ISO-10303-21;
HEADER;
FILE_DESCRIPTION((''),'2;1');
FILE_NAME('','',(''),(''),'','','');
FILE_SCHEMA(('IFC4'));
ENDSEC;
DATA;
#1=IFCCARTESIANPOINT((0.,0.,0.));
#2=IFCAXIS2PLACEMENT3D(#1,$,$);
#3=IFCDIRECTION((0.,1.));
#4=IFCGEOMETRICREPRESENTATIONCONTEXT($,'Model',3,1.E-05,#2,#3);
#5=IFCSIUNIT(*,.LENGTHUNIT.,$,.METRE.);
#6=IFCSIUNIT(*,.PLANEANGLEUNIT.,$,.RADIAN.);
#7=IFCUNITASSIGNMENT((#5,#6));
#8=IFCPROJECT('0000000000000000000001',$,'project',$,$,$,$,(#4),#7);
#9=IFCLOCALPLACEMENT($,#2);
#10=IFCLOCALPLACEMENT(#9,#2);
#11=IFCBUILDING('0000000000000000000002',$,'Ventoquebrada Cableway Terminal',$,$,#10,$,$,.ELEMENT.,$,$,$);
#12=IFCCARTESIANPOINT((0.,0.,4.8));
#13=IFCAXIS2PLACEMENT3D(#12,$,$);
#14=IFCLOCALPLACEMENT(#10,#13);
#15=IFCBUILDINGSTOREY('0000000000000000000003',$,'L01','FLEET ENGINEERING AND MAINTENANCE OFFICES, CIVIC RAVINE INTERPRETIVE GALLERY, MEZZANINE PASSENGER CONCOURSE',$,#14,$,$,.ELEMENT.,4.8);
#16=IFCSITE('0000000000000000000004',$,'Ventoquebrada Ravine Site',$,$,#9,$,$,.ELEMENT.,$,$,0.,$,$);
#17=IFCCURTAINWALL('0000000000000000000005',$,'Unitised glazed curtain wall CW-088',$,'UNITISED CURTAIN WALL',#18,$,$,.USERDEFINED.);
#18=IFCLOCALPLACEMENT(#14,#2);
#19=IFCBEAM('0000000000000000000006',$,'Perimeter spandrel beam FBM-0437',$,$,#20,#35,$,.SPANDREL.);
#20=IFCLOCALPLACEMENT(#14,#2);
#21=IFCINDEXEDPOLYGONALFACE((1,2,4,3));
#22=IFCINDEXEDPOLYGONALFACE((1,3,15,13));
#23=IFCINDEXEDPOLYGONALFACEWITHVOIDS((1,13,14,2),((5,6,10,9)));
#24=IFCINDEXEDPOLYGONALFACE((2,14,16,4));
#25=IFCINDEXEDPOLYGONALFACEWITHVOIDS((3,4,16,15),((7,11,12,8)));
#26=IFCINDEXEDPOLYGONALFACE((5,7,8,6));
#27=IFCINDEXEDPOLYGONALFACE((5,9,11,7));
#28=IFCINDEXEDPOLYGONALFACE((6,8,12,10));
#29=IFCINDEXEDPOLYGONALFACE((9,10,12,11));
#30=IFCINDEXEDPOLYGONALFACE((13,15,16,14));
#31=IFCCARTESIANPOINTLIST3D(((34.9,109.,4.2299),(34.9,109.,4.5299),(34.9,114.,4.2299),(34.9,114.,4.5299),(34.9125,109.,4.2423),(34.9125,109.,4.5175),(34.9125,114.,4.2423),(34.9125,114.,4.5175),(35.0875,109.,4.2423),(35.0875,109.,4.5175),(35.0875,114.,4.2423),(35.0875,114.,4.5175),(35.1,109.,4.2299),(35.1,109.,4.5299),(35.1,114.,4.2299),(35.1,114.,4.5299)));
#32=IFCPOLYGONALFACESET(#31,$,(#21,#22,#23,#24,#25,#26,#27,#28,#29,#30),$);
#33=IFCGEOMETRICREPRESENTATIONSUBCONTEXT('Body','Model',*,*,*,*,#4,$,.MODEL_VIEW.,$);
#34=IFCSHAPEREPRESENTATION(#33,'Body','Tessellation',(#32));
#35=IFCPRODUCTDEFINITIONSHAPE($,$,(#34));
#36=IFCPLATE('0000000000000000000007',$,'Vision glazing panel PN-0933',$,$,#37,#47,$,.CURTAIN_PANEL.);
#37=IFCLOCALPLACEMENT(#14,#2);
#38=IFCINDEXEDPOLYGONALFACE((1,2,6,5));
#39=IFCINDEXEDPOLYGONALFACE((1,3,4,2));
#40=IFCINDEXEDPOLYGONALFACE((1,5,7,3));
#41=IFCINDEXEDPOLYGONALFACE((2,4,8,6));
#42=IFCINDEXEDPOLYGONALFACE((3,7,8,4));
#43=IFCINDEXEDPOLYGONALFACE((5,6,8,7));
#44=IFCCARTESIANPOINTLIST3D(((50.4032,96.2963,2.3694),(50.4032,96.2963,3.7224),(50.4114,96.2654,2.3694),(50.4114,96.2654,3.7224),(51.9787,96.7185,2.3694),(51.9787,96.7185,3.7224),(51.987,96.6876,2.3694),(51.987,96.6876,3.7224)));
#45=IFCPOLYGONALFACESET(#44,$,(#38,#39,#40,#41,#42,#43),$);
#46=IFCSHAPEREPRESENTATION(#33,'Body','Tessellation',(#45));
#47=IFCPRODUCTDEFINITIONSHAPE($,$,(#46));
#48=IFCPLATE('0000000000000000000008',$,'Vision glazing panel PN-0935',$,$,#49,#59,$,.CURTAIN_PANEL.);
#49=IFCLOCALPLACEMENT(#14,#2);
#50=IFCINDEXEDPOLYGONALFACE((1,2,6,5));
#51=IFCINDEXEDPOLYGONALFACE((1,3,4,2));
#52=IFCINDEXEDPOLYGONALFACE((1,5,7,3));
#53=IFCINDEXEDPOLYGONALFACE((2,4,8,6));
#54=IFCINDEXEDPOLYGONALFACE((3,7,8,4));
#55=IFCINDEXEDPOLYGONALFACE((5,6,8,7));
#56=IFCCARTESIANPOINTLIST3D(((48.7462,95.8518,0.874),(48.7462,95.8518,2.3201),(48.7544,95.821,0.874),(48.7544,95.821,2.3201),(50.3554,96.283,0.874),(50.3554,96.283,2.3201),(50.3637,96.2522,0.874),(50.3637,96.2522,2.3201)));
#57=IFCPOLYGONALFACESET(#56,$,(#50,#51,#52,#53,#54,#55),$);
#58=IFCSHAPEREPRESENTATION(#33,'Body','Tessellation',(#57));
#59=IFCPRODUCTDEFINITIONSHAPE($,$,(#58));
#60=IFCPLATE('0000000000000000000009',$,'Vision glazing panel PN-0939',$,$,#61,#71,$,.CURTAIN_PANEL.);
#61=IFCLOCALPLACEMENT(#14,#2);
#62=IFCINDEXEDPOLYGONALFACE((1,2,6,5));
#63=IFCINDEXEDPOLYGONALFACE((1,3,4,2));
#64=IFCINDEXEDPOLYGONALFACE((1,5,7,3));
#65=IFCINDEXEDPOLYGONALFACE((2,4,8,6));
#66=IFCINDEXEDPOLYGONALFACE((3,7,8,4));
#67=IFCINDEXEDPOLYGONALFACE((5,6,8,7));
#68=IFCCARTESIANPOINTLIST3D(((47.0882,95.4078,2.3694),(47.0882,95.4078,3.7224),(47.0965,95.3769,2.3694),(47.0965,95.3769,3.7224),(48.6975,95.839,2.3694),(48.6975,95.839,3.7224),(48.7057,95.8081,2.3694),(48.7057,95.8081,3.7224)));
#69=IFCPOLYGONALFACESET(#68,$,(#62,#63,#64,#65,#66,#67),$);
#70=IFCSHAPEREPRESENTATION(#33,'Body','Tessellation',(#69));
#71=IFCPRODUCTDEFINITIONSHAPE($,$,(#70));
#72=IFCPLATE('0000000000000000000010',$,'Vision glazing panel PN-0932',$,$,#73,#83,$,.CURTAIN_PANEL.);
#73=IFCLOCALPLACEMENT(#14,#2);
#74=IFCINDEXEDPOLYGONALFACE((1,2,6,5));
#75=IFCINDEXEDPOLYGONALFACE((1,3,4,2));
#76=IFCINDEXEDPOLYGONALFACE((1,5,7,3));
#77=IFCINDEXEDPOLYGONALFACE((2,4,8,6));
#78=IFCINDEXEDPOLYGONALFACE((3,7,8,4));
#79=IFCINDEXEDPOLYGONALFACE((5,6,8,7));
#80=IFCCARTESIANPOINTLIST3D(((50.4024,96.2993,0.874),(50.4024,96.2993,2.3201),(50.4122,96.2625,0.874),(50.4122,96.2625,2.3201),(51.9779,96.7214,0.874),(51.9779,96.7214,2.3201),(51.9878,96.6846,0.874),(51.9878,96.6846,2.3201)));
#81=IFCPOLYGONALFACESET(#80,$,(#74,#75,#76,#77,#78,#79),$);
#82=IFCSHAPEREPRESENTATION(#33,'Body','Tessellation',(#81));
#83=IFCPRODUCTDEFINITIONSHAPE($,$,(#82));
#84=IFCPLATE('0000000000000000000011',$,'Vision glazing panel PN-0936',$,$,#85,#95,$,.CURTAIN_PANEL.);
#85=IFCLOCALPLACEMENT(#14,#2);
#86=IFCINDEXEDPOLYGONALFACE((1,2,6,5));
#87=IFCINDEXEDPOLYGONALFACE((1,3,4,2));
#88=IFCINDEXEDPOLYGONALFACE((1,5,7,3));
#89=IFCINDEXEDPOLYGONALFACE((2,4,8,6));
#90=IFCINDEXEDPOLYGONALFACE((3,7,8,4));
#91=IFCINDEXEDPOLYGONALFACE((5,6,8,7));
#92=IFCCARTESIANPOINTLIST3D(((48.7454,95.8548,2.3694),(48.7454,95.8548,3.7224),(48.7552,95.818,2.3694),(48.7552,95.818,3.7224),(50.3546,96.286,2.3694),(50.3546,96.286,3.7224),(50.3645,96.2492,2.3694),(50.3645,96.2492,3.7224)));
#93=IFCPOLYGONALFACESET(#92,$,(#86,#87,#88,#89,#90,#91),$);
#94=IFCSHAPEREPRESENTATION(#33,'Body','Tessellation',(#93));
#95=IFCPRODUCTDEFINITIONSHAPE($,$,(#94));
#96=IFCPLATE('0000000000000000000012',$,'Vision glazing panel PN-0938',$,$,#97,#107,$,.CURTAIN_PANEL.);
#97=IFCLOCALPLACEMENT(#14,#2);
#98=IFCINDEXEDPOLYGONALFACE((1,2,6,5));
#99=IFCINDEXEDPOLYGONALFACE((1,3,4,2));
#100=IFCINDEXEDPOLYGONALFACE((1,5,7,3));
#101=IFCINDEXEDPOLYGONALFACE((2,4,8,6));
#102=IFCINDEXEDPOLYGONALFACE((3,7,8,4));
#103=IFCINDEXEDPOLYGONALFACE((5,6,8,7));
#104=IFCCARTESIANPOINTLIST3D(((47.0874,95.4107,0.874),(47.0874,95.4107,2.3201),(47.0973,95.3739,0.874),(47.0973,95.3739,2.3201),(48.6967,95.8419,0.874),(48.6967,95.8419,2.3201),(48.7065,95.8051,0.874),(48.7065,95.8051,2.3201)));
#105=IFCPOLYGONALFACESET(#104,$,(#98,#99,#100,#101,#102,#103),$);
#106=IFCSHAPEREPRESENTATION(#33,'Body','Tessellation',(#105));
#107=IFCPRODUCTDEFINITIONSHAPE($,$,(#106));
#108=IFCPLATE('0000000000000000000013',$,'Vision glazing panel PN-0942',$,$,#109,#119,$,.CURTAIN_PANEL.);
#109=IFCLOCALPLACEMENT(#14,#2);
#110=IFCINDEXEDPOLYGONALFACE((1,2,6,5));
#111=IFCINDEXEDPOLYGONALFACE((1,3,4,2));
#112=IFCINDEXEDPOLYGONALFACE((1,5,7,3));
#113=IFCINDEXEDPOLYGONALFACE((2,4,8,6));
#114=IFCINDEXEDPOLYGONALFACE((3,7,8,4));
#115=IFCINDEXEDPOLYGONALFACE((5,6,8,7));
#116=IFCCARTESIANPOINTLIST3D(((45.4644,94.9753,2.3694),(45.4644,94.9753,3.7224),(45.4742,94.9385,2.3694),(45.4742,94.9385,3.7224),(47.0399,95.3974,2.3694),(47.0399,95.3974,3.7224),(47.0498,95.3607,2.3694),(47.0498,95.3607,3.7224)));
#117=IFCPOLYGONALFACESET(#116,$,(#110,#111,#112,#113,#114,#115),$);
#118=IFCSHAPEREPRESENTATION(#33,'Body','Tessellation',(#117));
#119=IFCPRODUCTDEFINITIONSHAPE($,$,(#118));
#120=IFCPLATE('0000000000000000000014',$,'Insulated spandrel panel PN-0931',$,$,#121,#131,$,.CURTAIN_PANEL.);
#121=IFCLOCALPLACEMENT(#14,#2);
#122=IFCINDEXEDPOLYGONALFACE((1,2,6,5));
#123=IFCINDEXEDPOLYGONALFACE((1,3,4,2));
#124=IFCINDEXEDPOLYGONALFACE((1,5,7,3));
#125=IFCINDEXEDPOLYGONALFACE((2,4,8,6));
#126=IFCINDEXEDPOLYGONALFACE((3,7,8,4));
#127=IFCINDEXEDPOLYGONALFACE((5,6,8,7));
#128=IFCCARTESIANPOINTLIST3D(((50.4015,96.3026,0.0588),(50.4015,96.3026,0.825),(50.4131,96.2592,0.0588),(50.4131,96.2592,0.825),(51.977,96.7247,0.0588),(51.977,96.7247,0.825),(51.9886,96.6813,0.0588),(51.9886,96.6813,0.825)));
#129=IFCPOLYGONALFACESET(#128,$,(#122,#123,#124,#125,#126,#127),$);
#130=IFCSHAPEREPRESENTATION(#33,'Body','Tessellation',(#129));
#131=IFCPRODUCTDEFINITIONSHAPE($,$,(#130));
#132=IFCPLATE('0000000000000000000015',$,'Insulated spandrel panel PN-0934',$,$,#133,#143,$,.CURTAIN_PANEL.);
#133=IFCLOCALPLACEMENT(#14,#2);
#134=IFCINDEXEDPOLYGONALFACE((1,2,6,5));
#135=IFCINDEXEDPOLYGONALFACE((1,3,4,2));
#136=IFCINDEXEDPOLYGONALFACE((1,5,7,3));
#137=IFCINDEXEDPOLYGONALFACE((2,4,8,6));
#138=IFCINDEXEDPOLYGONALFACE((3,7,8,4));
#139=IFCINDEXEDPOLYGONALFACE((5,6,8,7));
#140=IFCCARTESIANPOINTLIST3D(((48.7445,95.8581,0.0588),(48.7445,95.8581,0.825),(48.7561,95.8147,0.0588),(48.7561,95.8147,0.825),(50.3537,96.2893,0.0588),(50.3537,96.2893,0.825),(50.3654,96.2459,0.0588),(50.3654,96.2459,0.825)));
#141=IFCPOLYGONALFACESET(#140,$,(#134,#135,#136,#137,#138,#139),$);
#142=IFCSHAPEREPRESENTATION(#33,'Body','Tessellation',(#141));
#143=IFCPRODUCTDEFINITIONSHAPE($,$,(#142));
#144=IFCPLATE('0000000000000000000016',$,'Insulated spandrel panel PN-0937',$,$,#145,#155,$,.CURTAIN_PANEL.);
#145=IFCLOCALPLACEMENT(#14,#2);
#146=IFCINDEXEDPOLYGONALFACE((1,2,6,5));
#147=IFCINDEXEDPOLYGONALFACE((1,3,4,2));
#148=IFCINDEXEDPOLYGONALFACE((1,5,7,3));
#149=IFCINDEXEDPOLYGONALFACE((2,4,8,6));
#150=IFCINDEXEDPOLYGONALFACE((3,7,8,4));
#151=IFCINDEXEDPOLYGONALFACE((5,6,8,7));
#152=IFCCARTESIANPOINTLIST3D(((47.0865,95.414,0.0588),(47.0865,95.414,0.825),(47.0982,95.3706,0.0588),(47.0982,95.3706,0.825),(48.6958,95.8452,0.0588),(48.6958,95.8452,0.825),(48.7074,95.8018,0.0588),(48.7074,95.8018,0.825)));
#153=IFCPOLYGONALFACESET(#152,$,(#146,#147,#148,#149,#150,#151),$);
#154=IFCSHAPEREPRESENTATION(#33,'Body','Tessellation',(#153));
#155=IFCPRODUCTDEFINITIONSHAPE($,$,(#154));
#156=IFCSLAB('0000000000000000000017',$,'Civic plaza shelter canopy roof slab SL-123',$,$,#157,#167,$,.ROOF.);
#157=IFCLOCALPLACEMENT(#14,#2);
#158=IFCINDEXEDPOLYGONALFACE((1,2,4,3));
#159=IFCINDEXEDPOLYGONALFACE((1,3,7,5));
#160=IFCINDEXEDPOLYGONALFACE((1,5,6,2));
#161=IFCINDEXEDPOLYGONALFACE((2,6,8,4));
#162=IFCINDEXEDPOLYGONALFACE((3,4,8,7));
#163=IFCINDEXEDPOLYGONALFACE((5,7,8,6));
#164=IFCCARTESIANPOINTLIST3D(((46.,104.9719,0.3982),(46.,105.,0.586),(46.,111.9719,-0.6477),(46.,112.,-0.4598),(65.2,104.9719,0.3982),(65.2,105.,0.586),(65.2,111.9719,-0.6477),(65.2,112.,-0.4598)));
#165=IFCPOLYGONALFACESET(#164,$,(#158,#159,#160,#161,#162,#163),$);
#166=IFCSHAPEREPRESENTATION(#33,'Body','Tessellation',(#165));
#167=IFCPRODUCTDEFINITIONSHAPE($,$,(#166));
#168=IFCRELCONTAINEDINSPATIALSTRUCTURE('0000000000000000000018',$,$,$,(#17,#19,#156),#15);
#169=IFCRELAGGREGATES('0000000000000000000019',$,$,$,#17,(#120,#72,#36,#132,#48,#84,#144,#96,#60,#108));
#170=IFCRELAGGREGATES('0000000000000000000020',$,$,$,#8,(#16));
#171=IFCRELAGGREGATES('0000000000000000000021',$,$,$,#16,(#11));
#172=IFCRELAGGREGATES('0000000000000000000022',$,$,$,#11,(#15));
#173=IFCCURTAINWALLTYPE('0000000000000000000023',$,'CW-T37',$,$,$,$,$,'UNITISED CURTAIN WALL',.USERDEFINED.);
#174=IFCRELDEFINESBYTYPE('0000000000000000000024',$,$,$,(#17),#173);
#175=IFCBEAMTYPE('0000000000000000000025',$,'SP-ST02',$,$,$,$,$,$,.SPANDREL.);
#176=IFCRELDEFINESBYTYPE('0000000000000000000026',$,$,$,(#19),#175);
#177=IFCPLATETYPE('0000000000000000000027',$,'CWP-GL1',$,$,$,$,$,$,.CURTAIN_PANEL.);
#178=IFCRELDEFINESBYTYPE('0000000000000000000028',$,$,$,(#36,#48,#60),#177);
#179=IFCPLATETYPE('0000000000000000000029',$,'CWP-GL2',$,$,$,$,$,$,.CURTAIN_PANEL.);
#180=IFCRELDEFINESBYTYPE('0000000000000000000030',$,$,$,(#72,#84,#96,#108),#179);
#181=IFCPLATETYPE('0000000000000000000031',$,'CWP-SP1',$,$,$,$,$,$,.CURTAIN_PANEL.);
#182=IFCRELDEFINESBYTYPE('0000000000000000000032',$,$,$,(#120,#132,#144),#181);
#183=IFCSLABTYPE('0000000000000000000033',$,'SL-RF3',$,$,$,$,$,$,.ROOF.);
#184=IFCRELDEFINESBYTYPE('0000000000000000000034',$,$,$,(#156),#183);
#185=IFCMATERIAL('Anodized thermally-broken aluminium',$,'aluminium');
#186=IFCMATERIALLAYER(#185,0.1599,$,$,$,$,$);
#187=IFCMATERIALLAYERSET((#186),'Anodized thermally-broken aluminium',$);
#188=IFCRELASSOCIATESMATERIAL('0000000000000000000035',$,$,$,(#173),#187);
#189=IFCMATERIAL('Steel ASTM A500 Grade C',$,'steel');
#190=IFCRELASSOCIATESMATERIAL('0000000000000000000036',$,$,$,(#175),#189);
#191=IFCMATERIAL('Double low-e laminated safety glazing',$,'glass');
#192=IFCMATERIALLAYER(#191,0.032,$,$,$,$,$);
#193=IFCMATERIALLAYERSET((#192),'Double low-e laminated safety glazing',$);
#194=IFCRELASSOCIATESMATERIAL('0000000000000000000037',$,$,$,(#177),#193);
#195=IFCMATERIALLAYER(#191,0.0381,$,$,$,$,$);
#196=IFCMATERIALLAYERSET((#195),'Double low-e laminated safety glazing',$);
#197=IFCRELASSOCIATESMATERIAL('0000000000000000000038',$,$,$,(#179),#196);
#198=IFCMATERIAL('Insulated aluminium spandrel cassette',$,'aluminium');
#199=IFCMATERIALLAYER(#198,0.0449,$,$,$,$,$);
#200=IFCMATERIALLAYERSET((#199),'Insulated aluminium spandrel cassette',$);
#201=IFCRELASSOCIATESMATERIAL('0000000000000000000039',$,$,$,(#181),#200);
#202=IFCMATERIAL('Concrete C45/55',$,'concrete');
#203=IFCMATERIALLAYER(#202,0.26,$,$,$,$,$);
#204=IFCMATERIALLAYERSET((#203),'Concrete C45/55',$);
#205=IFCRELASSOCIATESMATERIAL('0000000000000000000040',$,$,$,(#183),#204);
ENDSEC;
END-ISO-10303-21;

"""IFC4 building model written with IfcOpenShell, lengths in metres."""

from ifc_helpers import new_model, si_unit, direction, frame, origin, origin_2d, place, context, subcontext, project, spatial, polyline, rectangle, hollow_rectangle, outline, extrude, material, layer, layer_set, material_profile, profile_set, type_object, element, aggregate, save


model = new_model("IFC4")

# Units and contexts
model_context = context("Model", 3, precision=1e-05, world=origin(), true_north=direction((0.0, 1.0)))
body_context = subcontext(model_context, "Body", "Model", "MODEL_VIEW")
ifc_project = project(units=[si_unit("LENGTHUNIT", "METRE"), si_unit("PLANEANGLEUNIT", "RADIAN")], contexts=[model_context])

# Site, building, storey
site_placement = place(None, origin())
site = spatial("IfcSite", under=ifc_project, at=site_placement, Name="Ventoquebrada Ravine Site", CompositionType="ELEMENT", RefElevation=0.0)
building_placement = place(site_placement, origin())
building = spatial("IfcBuilding", under=site, at=building_placement, Name="Ventoquebrada Cableway Terminal", CompositionType="ELEMENT")
storey_placement = place(building_placement, frame((0.0, 0.0, 4.8)))
storey = spatial("IfcBuildingStorey", under=building, at=storey_placement, Name="L01", Description="FLEET ENGINEERING AND MAINTENANCE OFFICES, CIVIC RAVINE INTERPRETIVE GALLERY, MEZZANINE PASSENGER CONCOURSE", CompositionType="ELEMENT", Elevation=4.8)

# Curtain wall
ifc_material_1 = material(Name="Anodized thermally-broken aluminium", Category="aluminium")
ifc_layer_1 = layer(ifc_material_1, 0.1599)
ifc_layer_set_1 = layer_set([ifc_layer_1], Name="Anodized thermally-broken aluminium")
curtain_wall_type = type_object("IfcCurtainWallType", Name="CW-T37", ElementType="UNITISED CURTAIN WALL", PredefinedType="USERDEFINED", material=ifc_layer_set_1)
curtain_wall_placement = place(storey_placement, origin())
curtain_wall = element("IfcCurtainWall", 1, at=curtain_wall_placement, inside=storey, type_object=curtain_wall_type, Name="Unitised glazed curtain wall CW-088", ObjectType="UNITISED CURTAIN WALL", PredefinedType="USERDEFINED")

# Beam
ifc_material_2 = material(Name="Steel ASTM A500 Grade C", Category="steel")
ifc_material_profile_1 = material_profile(ifc_material_2, hollow_rectangle(XDim=0.2, YDim=0.3, WallThickness=0.0125, at=origin_2d()), Name="RHS300X200X12.5")
ifc_profile_set_1 = profile_set([ifc_material_profile_1], Name="Steel ASTM A500 Grade C")
beam_type = type_object("IfcBeamType", Name="SP-ST02", PredefinedType="SPANDREL", material=ifc_profile_set_1)
for number, where, z_axis, x_axis, name in (
    (2, (35.0, 109.0, 4.3799), (0.0, 1.0, 0.0), (-1.0, 0.0, 0.0), "Perimeter spandrel beam FBM-0437"),
):
    element("IfcBeam", number, at=place(storey_placement, frame(where, z_axis=z_axis, x_axis=x_axis)), inside=storey, type_object=beam_type, Name=name, PredefinedType="SPANDREL", context=body_context, shape_type="SweptSolid", body=[
        extrude(hollow_rectangle(XDim=0.2, YDim=0.3, WallThickness=0.0125, at=origin_2d()), origin(), (0.0, 0.0, 1.0), 5.0),
    ])

# Plates
ifc_material_3 = material(Name="Double low-e laminated safety glazing", Category="glass")
ifc_layer_2 = layer(ifc_material_3, 0.032)
ifc_layer_set_2 = layer_set([ifc_layer_2], Name="Double low-e laminated safety glazing")
plate_type_1 = type_object("IfcPlateType", Name="CWP-GL1", PredefinedType="CURTAIN_PANEL", material=ifc_layer_set_2)
plate_1_placement = place(storey_placement, frame((51.1951, 96.4919, 2.3694), z_axis=(0.0, 0.0, 1.0), x_axis=(-0.965926, -0.258819, 0.0)))
plate_1 = element("IfcPlate", 3, at=plate_1_placement, type_object=plate_type_1, Name="Vision glazing panel PN-0933", PredefinedType="CURTAIN_PANEL", context=body_context, shape_type="SweptSolid", body=[
    extrude(rectangle(XDim=1.6311, YDim=0.032, at=origin_2d()), origin(), (0.0, 0.0, 1.0), 1.353),
])
plate_2_placement = place(storey_placement, frame((49.5549, 96.052, 0.874), z_axis=(0.0, 0.0, 1.0), x_axis=(-0.965926, -0.258819, 0.0)))
plate_2 = element("IfcPlate", 4, at=plate_2_placement, type_object=plate_type_1, Name="Vision glazing panel PN-0935", PredefinedType="CURTAIN_PANEL", context=body_context, shape_type="SweptSolid", body=[
    extrude(rectangle(XDim=1.666, YDim=0.032, at=origin_2d()), origin(), (0.0, 0.0, 1.0), 1.446),
])
plate_3_placement = place(storey_placement, frame((47.897, 95.6079, 2.3694), z_axis=(0.0, 0.0, 1.0), x_axis=(-0.965926, -0.258819, 0.0)))
plate_3 = element("IfcPlate", 5, at=plate_3_placement, type_object=plate_type_1, Name="Vision glazing panel PN-0939", PredefinedType="CURTAIN_PANEL", context=body_context, shape_type="SweptSolid", body=[
    extrude(rectangle(XDim=1.666, YDim=0.032, at=origin_2d()), origin(), (0.0, 0.0, 1.0), 1.353),
])
ifc_layer_3 = layer(ifc_material_3, 0.0381)
ifc_layer_set_3 = layer_set([ifc_layer_3], Name="Double low-e laminated safety glazing")
plate_type_2 = type_object("IfcPlateType", Name="CWP-GL2", PredefinedType="CURTAIN_PANEL", material=ifc_layer_set_3)
plate_4_placement = place(storey_placement, frame((51.1951, 96.4919, 0.874), z_axis=(0.0, 0.0, 1.0), x_axis=(-0.965926, -0.258819, 0.0)))
plate_4 = element("IfcPlate", 6, at=plate_4_placement, type_object=plate_type_2, Name="Vision glazing panel PN-0932", PredefinedType="CURTAIN_PANEL", context=body_context, shape_type="SweptSolid", body=[
    extrude(rectangle(XDim=1.6311, YDim=0.0381, at=origin_2d()), origin(), (0.0, 0.0, 1.0), 1.446),
])
plate_5_placement = place(storey_placement, frame((49.5549, 96.052, 2.3694), z_axis=(0.0, 0.0, 1.0), x_axis=(-0.965926, -0.258819, 0.0)))
plate_5 = element("IfcPlate", 7, at=plate_5_placement, type_object=plate_type_2, Name="Vision glazing panel PN-0936", PredefinedType="CURTAIN_PANEL", context=body_context, shape_type="SweptSolid", body=[
    extrude(rectangle(XDim=1.666, YDim=0.0381, at=origin_2d()), origin(), (0.0, 0.0, 1.0), 1.353),
])
plate_6_placement = place(storey_placement, frame((47.897, 95.6079, 0.874), z_axis=(0.0, 0.0, 1.0), x_axis=(-0.965926, -0.258819, 0.0)))
plate_6 = element("IfcPlate", 8, at=plate_6_placement, type_object=plate_type_2, Name="Vision glazing panel PN-0938", PredefinedType="CURTAIN_PANEL", context=body_context, shape_type="SweptSolid", body=[
    extrude(rectangle(XDim=1.666, YDim=0.0381, at=origin_2d()), origin(), (0.0, 0.0, 1.0), 1.446),
])
plate_7_placement = place(storey_placement, frame((46.2571, 95.168, 2.3694), z_axis=(0.0, 0.0, 1.0), x_axis=(-0.965926, -0.258819, 0.0)))
plate_7 = element("IfcPlate", 9, at=plate_7_placement, type_object=plate_type_2, Name="Vision glazing panel PN-0942", PredefinedType="CURTAIN_PANEL", context=body_context, shape_type="SweptSolid", body=[
    extrude(rectangle(XDim=1.6311, YDim=0.0381, at=origin_2d()), origin(), (0.0, 0.0, 1.0), 1.353),
])
ifc_material_4 = material(Name="Insulated aluminium spandrel cassette", Category="aluminium")
ifc_layer_4 = layer(ifc_material_4, 0.0449)
ifc_layer_set_4 = layer_set([ifc_layer_4], Name="Insulated aluminium spandrel cassette")
plate_type_3 = type_object("IfcPlateType", Name="CWP-SP1", PredefinedType="CURTAIN_PANEL", material=ifc_layer_set_4)
plate_8_placement = place(storey_placement, frame((51.1951, 96.4919, 0.0588), z_axis=(0.0, 0.0, 1.0), x_axis=(-0.965926, -0.258819, 0.0)))
plate_8 = element("IfcPlate", 10, at=plate_8_placement, type_object=plate_type_3, Name="Insulated spandrel panel PN-0931", PredefinedType="CURTAIN_PANEL", context=body_context, shape_type="SweptSolid", body=[
    extrude(rectangle(XDim=1.6311, YDim=0.0449, at=origin_2d()), origin(), (0.0, 0.0, 1.0), 0.7661),
])
plate_9_placement = place(storey_placement, frame((49.5549, 96.052, 0.0588), z_axis=(0.0, 0.0, 1.0), x_axis=(-0.965926, -0.258819, 0.0)))
plate_9 = element("IfcPlate", 11, at=plate_9_placement, type_object=plate_type_3, Name="Insulated spandrel panel PN-0934", PredefinedType="CURTAIN_PANEL", context=body_context, shape_type="SweptSolid", body=[
    extrude(rectangle(XDim=1.666, YDim=0.0449, at=origin_2d()), origin(), (0.0, 0.0, 1.0), 0.7661),
])
plate_10_placement = place(storey_placement, frame((47.897, 95.6079, 0.0588), z_axis=(0.0, 0.0, 1.0), x_axis=(-0.965926, -0.258819, 0.0)))
plate_10 = element("IfcPlate", 12, at=plate_10_placement, type_object=plate_type_3, Name="Insulated spandrel panel PN-0937", PredefinedType="CURTAIN_PANEL", context=body_context, shape_type="SweptSolid", body=[
    extrude(rectangle(XDim=1.666, YDim=0.0449, at=origin_2d()), origin(), (0.0, 0.0, 1.0), 0.7661),
])
aggregate(curtain_wall, [plate_8, plate_4, plate_1, plate_9, plate_2, plate_5, plate_10, plate_6, plate_3, plate_7])

# Slab
ifc_material_5 = material(Name="Concrete C45/55", Category="concrete")
ifc_layer_5 = layer(ifc_material_5, 0.26)
ifc_layer_set_5 = layer_set([ifc_layer_5], Name="Concrete C45/55")
slab_type = type_object("IfcSlabType", Name="SL-RF3", PredefinedType="ROOF", material=ifc_layer_set_5)
slab_placement = place(storey_placement, frame((46.0, 104.9719, 0.3982), z_axis=(0.0, 0.147774, 0.989021), x_axis=(1.0, 0.0, 0.0)))
element("IfcSlab", 13, at=slab_placement, inside=storey, type_object=slab_type, Name="Civic plaza shelter canopy roof slab SL-123", PredefinedType="ROOF", context=body_context, shape_type="SweptSolid", body=[
    extrude(outline(polyline([(0.0, 0.0), (19.2, 0.0), (19.2, 7.0777), (0.0, 7.0777), (0.0, 0.0)])), origin(), (0.0, 0.0, 1.0), 0.1899),
])

save(model, "model.ifc")
